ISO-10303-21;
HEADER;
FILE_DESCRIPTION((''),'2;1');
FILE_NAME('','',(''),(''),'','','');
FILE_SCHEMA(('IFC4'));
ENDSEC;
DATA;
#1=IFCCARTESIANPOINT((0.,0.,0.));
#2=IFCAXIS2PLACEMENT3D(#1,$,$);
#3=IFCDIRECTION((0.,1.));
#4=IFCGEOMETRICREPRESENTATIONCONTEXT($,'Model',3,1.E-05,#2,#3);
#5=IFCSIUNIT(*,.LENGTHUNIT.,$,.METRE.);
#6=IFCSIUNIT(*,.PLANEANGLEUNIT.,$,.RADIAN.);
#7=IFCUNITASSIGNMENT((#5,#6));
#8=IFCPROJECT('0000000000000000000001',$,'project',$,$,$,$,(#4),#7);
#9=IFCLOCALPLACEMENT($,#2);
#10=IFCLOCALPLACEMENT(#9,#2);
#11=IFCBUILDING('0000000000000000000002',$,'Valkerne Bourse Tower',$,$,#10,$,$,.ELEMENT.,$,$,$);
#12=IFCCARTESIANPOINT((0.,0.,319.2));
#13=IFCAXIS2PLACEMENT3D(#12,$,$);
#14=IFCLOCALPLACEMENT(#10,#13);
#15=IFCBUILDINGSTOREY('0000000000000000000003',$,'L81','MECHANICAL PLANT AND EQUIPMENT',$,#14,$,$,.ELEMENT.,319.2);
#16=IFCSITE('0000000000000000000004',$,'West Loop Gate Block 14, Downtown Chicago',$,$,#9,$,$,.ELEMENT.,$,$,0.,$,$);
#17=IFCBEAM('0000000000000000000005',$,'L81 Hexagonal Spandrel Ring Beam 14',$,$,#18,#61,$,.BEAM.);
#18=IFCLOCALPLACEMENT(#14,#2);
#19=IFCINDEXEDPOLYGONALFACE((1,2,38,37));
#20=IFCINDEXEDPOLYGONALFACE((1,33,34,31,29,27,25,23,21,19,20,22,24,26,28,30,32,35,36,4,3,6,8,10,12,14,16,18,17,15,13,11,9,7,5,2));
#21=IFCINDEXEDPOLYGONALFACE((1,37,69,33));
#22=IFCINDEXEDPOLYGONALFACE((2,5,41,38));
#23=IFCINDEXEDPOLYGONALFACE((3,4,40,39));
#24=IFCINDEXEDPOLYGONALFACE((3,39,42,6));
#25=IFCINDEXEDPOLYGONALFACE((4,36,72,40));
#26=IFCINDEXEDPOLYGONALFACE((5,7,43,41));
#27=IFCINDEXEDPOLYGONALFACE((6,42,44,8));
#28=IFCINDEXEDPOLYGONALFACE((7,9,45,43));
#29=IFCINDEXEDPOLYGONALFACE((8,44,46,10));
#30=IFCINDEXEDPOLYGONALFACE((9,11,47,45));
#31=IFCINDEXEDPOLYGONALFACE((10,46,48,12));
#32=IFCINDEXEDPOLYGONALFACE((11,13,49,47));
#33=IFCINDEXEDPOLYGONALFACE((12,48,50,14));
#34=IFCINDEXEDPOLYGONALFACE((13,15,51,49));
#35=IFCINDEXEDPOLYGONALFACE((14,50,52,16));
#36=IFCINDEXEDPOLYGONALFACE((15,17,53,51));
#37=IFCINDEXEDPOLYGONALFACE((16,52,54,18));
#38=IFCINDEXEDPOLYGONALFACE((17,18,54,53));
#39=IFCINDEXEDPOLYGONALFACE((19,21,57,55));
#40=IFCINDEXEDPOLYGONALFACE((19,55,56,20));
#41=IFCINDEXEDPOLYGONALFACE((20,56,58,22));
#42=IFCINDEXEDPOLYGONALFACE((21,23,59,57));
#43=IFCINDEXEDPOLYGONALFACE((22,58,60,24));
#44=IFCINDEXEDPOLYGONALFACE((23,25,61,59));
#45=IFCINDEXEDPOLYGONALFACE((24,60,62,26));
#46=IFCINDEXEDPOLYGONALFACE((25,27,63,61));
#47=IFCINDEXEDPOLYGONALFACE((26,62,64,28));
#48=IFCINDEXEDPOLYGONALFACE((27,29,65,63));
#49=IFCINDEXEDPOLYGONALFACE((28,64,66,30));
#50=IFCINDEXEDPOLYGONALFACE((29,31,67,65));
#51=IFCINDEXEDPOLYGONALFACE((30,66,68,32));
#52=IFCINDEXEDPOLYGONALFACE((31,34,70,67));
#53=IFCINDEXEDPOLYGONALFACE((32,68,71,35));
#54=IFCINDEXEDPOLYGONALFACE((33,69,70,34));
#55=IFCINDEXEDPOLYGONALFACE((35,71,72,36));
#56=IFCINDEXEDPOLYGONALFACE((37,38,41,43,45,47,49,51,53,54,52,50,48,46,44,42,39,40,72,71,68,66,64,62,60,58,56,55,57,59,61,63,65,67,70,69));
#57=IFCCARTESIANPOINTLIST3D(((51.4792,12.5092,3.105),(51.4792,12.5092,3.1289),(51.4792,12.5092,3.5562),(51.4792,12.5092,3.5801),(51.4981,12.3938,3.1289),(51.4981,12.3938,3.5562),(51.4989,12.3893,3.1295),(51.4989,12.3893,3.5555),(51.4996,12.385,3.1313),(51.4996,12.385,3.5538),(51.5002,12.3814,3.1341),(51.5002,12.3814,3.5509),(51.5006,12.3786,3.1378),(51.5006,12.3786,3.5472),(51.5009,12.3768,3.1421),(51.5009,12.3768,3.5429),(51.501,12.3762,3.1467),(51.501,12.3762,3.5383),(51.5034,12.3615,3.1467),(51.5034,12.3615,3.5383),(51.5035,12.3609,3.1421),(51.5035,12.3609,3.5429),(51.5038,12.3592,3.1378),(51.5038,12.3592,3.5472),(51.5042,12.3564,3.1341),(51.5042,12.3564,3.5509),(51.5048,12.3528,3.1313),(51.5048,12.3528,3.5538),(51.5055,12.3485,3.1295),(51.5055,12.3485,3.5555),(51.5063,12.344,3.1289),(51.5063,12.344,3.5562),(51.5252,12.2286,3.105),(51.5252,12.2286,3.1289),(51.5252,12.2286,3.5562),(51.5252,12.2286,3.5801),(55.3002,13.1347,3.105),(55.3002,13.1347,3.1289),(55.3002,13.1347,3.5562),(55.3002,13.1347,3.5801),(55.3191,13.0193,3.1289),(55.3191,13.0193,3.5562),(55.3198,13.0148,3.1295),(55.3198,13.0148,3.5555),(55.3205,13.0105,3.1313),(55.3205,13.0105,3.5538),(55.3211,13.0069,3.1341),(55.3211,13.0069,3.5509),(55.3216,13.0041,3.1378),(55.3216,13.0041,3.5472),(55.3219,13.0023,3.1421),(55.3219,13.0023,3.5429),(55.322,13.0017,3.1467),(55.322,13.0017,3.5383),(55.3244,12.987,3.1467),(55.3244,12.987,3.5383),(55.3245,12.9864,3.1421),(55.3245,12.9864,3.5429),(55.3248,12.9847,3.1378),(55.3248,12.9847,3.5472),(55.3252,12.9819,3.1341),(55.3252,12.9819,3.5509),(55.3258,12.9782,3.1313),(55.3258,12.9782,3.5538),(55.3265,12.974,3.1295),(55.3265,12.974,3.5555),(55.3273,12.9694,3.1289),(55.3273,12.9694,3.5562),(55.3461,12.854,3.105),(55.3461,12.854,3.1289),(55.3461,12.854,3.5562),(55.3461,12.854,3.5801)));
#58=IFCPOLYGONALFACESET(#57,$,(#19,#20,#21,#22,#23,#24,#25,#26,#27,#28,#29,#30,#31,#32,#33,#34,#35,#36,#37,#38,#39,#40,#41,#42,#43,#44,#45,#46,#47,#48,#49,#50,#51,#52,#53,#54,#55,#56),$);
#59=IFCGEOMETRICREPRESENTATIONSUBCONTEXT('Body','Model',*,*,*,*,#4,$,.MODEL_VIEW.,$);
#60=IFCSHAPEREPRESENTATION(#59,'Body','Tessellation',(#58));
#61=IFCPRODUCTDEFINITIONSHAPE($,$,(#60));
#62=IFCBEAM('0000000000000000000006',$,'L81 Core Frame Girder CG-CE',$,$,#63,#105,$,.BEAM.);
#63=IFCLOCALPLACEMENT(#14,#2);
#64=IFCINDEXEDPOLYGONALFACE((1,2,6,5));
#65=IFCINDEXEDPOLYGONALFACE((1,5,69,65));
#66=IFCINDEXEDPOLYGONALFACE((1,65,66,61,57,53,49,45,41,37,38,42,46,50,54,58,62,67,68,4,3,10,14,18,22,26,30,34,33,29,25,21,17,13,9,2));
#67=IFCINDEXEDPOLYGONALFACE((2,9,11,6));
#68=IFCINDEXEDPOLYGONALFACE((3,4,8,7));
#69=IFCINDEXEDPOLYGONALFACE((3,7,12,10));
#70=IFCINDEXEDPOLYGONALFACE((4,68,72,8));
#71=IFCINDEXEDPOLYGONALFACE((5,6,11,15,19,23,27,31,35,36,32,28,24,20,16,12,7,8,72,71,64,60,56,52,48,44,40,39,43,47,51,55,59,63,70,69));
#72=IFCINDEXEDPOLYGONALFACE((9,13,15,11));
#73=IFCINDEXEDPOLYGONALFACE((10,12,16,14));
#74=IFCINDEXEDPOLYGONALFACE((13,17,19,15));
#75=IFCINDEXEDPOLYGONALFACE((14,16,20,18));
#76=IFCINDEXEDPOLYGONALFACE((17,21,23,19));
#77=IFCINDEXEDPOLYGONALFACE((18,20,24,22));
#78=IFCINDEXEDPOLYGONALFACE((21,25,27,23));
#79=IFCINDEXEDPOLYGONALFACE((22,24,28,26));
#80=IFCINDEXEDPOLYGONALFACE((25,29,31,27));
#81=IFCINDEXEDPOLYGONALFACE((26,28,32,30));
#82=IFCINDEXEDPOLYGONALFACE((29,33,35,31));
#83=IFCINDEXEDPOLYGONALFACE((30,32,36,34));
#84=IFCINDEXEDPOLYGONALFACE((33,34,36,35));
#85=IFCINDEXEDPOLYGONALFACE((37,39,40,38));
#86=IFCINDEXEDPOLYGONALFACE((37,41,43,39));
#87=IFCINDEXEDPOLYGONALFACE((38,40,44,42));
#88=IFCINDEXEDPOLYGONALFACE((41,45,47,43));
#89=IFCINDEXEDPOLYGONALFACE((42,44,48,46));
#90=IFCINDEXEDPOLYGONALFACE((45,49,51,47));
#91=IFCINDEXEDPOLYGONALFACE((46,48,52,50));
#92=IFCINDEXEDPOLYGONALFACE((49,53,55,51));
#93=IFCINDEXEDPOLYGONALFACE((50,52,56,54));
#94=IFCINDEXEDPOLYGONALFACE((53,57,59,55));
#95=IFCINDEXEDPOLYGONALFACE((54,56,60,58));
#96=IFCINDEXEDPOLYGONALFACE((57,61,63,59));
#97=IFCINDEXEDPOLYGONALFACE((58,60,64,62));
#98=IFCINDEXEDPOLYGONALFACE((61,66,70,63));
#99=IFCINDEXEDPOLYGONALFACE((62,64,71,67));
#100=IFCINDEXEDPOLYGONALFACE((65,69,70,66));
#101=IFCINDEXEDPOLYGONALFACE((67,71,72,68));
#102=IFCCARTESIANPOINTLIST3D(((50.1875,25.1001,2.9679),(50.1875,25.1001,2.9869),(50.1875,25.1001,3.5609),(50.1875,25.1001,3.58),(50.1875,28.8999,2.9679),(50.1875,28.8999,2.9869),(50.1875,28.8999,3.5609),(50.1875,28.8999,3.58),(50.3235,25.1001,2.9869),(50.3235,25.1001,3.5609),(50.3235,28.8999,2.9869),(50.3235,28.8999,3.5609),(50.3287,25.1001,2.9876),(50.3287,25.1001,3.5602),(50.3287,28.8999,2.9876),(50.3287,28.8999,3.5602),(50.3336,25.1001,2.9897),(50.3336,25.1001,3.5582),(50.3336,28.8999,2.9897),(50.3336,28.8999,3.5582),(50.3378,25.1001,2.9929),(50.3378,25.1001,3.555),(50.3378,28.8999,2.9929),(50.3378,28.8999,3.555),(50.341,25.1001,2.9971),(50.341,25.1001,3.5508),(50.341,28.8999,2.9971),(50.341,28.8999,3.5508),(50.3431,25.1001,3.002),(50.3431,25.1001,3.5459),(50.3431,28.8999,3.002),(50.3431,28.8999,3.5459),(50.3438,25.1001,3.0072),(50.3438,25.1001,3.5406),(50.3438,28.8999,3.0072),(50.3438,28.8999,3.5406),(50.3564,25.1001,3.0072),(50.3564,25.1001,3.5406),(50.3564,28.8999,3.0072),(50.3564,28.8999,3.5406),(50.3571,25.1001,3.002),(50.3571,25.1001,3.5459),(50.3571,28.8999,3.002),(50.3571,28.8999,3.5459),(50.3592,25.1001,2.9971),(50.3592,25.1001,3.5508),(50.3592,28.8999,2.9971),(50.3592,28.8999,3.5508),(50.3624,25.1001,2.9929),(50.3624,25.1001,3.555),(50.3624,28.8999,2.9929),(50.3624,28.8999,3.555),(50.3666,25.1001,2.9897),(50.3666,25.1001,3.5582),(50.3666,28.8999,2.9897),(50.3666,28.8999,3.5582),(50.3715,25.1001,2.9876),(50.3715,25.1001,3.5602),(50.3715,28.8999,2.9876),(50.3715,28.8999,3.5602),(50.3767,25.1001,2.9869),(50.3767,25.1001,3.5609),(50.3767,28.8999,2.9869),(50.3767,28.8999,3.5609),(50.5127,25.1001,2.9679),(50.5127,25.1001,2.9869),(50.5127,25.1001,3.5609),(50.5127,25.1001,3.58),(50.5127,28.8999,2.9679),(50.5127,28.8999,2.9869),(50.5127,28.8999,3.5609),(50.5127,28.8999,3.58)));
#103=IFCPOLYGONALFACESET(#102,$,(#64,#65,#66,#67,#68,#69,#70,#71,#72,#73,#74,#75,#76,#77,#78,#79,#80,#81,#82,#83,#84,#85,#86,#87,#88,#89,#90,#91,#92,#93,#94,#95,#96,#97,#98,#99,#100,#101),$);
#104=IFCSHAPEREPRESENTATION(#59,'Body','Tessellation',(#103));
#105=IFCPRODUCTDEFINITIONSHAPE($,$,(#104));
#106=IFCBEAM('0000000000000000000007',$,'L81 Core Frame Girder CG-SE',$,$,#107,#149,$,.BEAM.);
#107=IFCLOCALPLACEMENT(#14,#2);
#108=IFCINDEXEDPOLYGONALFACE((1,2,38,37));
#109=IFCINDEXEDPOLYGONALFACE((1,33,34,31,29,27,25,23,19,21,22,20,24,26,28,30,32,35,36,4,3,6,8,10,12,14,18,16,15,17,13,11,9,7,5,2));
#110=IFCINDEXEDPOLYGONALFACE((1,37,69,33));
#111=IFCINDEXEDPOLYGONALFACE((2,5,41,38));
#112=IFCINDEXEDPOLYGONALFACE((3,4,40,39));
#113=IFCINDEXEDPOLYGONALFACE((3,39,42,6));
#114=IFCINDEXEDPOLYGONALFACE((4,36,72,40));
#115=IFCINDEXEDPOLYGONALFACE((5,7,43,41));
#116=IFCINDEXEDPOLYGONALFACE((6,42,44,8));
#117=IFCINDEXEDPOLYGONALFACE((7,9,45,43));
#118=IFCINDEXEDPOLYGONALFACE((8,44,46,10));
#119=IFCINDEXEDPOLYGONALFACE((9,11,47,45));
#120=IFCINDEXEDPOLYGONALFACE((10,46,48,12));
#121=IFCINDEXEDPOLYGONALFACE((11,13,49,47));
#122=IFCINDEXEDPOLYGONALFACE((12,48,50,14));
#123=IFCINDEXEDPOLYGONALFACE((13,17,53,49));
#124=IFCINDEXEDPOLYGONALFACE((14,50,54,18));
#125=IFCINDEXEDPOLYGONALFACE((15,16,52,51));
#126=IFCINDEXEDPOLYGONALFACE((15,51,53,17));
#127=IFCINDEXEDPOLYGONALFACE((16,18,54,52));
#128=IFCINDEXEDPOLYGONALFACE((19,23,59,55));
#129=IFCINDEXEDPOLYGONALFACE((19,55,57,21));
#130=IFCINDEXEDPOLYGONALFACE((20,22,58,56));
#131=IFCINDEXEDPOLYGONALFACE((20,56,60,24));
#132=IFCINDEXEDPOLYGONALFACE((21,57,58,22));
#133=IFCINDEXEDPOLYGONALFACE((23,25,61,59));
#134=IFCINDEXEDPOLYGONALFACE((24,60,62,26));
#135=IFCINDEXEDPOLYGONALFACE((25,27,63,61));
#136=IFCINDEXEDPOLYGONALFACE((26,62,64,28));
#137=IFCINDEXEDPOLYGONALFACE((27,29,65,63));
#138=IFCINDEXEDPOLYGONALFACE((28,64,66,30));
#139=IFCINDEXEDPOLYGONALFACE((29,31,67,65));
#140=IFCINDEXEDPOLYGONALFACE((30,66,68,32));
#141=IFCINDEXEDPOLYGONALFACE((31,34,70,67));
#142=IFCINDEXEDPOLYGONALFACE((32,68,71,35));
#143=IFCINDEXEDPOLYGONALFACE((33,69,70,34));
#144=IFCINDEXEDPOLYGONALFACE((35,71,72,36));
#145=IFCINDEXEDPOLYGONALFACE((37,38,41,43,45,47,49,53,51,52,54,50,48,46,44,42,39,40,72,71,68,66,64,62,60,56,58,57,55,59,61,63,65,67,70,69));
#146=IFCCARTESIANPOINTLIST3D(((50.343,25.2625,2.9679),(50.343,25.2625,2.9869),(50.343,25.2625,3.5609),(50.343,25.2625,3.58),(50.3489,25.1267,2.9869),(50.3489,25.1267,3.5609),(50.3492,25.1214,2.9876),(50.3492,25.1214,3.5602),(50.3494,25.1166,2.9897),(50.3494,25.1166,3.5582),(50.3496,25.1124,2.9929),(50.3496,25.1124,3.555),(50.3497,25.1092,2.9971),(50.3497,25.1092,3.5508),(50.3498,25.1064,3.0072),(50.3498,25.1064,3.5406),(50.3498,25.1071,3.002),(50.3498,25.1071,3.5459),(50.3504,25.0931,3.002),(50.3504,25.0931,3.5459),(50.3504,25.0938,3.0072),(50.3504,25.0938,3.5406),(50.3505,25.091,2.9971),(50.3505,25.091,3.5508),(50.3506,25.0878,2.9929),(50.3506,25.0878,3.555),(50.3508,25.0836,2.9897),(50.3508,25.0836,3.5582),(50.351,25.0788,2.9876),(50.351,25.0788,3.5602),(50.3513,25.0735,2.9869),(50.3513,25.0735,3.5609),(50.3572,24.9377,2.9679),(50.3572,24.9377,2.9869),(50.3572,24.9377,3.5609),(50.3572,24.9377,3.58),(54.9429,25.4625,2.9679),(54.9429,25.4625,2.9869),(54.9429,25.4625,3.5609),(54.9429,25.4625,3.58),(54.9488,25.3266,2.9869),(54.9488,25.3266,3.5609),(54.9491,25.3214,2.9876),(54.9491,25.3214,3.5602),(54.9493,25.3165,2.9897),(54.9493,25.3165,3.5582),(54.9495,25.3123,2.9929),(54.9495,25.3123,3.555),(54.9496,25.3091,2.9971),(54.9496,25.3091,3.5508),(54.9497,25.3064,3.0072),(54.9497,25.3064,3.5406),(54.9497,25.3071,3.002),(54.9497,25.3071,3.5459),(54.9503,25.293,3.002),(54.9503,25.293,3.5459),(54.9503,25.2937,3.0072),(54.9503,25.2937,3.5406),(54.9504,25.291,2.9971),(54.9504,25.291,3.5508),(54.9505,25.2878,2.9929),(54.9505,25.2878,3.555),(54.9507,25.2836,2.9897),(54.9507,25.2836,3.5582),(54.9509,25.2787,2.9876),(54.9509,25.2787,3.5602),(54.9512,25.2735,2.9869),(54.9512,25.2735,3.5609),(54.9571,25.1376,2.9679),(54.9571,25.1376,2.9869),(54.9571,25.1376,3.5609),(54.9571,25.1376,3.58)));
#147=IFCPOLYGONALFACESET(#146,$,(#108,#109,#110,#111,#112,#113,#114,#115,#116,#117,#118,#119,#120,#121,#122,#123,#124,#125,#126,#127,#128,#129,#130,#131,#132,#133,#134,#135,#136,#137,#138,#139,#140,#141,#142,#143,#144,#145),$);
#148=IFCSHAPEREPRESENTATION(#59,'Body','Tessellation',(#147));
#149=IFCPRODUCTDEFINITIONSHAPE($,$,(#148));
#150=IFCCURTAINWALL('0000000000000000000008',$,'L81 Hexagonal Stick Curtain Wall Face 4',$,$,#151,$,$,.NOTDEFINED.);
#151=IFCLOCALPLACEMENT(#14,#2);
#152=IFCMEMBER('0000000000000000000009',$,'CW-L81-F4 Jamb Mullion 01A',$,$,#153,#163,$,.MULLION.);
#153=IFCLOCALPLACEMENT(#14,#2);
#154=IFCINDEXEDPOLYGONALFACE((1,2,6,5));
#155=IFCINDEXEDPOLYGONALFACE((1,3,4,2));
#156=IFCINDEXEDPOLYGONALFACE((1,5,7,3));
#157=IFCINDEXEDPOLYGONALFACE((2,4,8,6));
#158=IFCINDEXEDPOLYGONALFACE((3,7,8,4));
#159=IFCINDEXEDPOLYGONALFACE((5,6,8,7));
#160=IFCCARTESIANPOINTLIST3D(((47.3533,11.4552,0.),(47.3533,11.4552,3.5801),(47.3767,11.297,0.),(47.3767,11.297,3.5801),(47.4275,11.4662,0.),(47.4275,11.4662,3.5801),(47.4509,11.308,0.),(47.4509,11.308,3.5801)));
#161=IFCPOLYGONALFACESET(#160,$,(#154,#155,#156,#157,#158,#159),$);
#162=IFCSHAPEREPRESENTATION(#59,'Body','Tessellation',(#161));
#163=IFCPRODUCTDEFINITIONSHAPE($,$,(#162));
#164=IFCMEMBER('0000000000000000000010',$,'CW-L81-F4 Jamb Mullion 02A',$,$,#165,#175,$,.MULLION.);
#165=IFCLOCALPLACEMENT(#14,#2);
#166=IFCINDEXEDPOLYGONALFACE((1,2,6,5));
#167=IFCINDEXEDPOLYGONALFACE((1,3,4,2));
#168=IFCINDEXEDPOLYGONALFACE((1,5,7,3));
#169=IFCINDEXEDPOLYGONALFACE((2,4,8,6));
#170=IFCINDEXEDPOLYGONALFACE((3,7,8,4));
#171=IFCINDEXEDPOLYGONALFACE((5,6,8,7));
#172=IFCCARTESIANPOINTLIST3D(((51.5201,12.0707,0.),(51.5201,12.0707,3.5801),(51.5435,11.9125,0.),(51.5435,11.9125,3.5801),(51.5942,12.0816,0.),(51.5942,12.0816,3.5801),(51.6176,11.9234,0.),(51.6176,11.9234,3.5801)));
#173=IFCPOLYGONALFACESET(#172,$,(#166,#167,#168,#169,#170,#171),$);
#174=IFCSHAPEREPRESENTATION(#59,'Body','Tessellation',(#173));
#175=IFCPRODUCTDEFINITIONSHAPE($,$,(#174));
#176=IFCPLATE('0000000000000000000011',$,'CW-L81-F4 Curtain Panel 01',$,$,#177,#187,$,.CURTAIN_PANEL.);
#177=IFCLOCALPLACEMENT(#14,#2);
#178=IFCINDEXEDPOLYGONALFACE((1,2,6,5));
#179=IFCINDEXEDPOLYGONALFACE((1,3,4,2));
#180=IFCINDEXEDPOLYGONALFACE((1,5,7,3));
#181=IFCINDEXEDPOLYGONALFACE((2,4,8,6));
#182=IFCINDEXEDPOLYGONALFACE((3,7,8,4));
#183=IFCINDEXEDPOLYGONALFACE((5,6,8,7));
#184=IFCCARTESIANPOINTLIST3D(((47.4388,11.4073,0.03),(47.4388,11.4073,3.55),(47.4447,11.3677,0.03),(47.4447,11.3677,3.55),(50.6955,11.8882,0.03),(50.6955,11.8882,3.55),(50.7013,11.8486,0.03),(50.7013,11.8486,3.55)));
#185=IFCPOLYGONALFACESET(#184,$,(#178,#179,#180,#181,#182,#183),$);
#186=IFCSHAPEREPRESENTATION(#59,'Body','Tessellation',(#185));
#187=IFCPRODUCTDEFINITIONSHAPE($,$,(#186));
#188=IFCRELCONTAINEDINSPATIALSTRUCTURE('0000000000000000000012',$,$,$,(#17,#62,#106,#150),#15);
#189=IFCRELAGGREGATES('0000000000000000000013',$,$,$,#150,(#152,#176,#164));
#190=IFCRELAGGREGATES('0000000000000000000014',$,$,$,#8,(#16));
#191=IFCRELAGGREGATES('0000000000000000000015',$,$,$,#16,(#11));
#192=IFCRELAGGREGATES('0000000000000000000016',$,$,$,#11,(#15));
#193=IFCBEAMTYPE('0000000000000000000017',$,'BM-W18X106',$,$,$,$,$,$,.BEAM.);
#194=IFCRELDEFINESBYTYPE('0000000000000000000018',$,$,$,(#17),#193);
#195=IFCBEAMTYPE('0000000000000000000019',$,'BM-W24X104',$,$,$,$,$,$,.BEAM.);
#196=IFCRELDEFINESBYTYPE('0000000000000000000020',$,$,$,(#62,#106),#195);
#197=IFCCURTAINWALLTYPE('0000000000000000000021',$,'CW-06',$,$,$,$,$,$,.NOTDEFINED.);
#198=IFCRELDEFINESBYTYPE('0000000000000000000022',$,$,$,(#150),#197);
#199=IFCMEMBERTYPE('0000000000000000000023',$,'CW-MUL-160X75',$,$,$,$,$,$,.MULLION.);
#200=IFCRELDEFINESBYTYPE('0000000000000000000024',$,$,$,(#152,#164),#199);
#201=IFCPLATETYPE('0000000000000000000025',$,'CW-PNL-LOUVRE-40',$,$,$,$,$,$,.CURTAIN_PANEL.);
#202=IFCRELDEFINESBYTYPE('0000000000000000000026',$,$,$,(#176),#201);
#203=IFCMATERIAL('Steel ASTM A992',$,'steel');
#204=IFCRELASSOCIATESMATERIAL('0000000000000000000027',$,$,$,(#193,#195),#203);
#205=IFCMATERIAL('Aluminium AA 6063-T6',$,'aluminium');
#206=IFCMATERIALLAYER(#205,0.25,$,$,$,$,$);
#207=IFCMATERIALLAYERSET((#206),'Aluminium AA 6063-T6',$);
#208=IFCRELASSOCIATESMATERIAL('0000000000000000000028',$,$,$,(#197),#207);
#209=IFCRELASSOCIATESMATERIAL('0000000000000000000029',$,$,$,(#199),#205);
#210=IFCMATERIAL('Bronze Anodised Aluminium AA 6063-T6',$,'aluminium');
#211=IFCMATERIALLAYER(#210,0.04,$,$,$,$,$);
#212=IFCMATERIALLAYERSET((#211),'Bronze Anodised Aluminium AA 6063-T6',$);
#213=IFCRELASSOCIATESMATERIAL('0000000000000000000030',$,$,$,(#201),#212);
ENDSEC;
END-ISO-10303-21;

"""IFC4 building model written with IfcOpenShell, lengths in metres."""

from ifc_helpers import new_model, si_unit, direction, frame, origin, origin_2d, place, context, subcontext, project, spatial, rectangle, i_section, extrude, material, layer, layer_set, material_profile, profile_set, type_object, element, aggregate, save


model = new_model("IFC4")

# Units and contexts
model_context = context("Model", 3, precision=1e-05, world=origin(), true_north=direction((0.0, 1.0)))
body_context = subcontext(model_context, "Body", "Model", "MODEL_VIEW")
ifc_project = project(units=[si_unit("LENGTHUNIT", "METRE"), si_unit("PLANEANGLEUNIT", "RADIAN")], contexts=[model_context])

# Site, building, storey
site_placement = place(None, origin())
site = spatial("IfcSite", under=ifc_project, at=site_placement, Name="West Loop Gate Block 14, Downtown Chicago", CompositionType="ELEMENT", RefElevation=0.0)
building_placement = place(site_placement, origin())
building = spatial("IfcBuilding", under=site, at=building_placement, Name="Valkerne Bourse Tower", CompositionType="ELEMENT")
storey_placement = place(building_placement, frame((0.0, 0.0, 319.2)))
storey = spatial("IfcBuildingStorey", under=building, at=storey_placement, Name="L81", Description="MECHANICAL PLANT AND EQUIPMENT", CompositionType="ELEMENT", Elevation=319.2)

# Beams
ifc_material_1 = material(Name="Steel ASTM A992", Category="steel")
ifc_material_profile_1 = material_profile(ifc_material_1, i_section(OverallWidth=0.2844, OverallDepth=0.4751, WebThickness=0.0149, FlangeThickness=0.0239, FilletRadius=0.0178, at=origin_2d()), Name="W18X106")
ifc_profile_set_1 = profile_set([ifc_material_profile_1], Name="Steel ASTM A992")
beam_type_1 = type_object("IfcBeamType", Name="BM-W18X106", PredefinedType="BEAM", material=ifc_profile_set_1)
for number, where, z_axis, x_axis, name in (
    (1, (51.5022, 12.3689, 3.3425), (0.986865, 0.161546, 0.0), (-0.161546, 0.986865, 0.0), "L81 Hexagonal Spandrel Ring Beam 14"),
):
    element("IfcBeam", number, at=place(storey_placement, frame(where, z_axis=z_axis, x_axis=x_axis)), inside=storey, type_object=beam_type_1, Name=name, PredefinedType="BEAM", context=body_context, shape_type="SweptSolid", body=[
        extrude(i_section(OverallWidth=0.2844, OverallDepth=0.4751, WebThickness=0.0149, FlangeThickness=0.0239, FilletRadius=0.0178, at=origin_2d()), origin(), (0.0, 0.0, 1.0), 3.8718),
    ])
ifc_material_profile_2 = material_profile(ifc_material_1, i_section(OverallWidth=0.3252, OverallDepth=0.6121, WebThickness=0.0127, FlangeThickness=0.019, FilletRadius=0.0203, at=origin_2d()), Name="W24X104")
ifc_profile_set_2 = profile_set([ifc_material_profile_2], Name="Steel ASTM A992")
beam_type_2 = type_object("IfcBeamType", Name="BM-W24X104", PredefinedType="BEAM", material=ifc_profile_set_2)
beam_1_placement = place(storey_placement, frame((50.3501, 25.1001, 3.2739), z_axis=(0.0, 1.0, 0.0), x_axis=(-1.0, 0.0, 0.0)))
element("IfcBeam", 2, at=beam_1_placement, inside=storey, type_object=beam_type_2, Name="L81 Core Frame Girder CG-CE", PredefinedType="BEAM", context=body_context, shape_type="SweptSolid", body=[
    extrude(i_section(OverallWidth=0.3252, OverallDepth=0.6121, WebThickness=0.0127, FlangeThickness=0.019, FilletRadius=0.0203, at=origin_2d()), origin(), (0.0, 0.0, 1.0), 3.7998),
])
beam_2_placement = place(storey_placement, frame((50.3501, 25.1001, 3.2739), z_axis=(0.999057, 0.043428, 0.0), x_axis=(-0.043428, 0.999057, 0.0)))
element("IfcBeam", 3, at=beam_2_placement, inside=storey, type_object=beam_type_2, Name="L81 Core Frame Girder CG-SE", PredefinedType="BEAM", context=body_context, shape_type="SweptSolid", body=[
    extrude(i_section(OverallWidth=0.3252, OverallDepth=0.6121, WebThickness=0.0127, FlangeThickness=0.019, FilletRadius=0.0203, at=origin_2d()), origin(), (0.0, 0.0, 1.0), 4.6042),
])

# Curtain wall, members, plate
ifc_material_2 = material(Name="Aluminium AA 6063-T6", Category="aluminium")
ifc_layer_1 = layer(ifc_material_2, 0.25)
ifc_layer_set_1 = layer_set([ifc_layer_1], Name="Aluminium AA 6063-T6")
curtain_wall_type = type_object("IfcCurtainWallType", Name="CW-06", PredefinedType="NOTDEFINED", material=ifc_layer_set_1)
curtain_wall_placement = place(storey_placement, origin())
curtain_wall = element("IfcCurtainWall", 4, at=curtain_wall_placement, inside=storey, type_object=curtain_wall_type, Name="L81 Hexagonal Stick Curtain Wall Face 4", PredefinedType="NOTDEFINED")
ifc_material_profile_3 = material_profile(ifc_material_2, rectangle(XDim=0.075, YDim=0.1599, at=origin_2d()), Name="CWM-75X160")
ifc_profile_set_3 = profile_set([ifc_material_profile_3], Name="Aluminium AA 6063-T6")
member_type = type_object("IfcMemberType", Name="CW-MUL-160X75", PredefinedType="MULLION", material=ifc_profile_set_3)
member_1_placement = place(storey_placement, frame((47.4021, 11.3816, 0.0), z_axis=(0.0, 0.0, 1.0), x_axis=(0.989272, 0.146083, 0.0)))
member_1 = element("IfcMember", 5, at=member_1_placement, type_object=member_type, Name="CW-L81-F4 Jamb Mullion 01A", PredefinedType="MULLION", context=body_context, shape_type="SweptSolid", body=[
    extrude(rectangle(XDim=0.075, YDim=0.1599, at=origin_2d()), origin(), (0.0, 0.0, 1.0), 3.5801),
])
member_2_placement = place(storey_placement, frame((51.5688, 11.9971, 0.0), z_axis=(0.0, 0.0, 1.0), x_axis=(0.989272, 0.146083, 0.0)))
member_2 = element("IfcMember", 6, at=member_2_placement, type_object=member_type, Name="CW-L81-F4 Jamb Mullion 02A", PredefinedType="MULLION", context=body_context, shape_type="SweptSolid", body=[
    extrude(rectangle(XDim=0.075, YDim=0.1599, at=origin_2d()), origin(), (0.0, 0.0, 1.0), 3.5801),
])
ifc_material_3 = material(Name="Bronze Anodised Aluminium AA 6063-T6", Category="aluminium")
ifc_layer_2 = layer(ifc_material_3, 0.04)
ifc_layer_set_2 = layer_set([ifc_layer_2], Name="Bronze Anodised Aluminium AA 6063-T6")
plate_type = type_object("IfcPlateType", Name="CW-PNL-LOUVRE-40", PredefinedType="CURTAIN_PANEL", material=ifc_layer_set_2)
plate_1_placement = place(storey_placement, frame((49.0701, 11.6279, 0.03), z_axis=(0.0, 0.0, 1.0), x_axis=(0.989272, 0.146083, 0.0)))
plate_1 = element("IfcPlate", 7, at=plate_1_placement, type_object=plate_type, Name="CW-L81-F4 Curtain Panel 01", PredefinedType="CURTAIN_PANEL", context=body_context, shape_type="SweptSolid", body=[
    extrude(rectangle(XDim=3.292, YDim=0.04, at=origin_2d()), origin(), (0.0, 0.0, 1.0), 3.52),
])
aggregate(curtain_wall, [member_1, plate_1, member_2])

save(model, "model.ifc")
